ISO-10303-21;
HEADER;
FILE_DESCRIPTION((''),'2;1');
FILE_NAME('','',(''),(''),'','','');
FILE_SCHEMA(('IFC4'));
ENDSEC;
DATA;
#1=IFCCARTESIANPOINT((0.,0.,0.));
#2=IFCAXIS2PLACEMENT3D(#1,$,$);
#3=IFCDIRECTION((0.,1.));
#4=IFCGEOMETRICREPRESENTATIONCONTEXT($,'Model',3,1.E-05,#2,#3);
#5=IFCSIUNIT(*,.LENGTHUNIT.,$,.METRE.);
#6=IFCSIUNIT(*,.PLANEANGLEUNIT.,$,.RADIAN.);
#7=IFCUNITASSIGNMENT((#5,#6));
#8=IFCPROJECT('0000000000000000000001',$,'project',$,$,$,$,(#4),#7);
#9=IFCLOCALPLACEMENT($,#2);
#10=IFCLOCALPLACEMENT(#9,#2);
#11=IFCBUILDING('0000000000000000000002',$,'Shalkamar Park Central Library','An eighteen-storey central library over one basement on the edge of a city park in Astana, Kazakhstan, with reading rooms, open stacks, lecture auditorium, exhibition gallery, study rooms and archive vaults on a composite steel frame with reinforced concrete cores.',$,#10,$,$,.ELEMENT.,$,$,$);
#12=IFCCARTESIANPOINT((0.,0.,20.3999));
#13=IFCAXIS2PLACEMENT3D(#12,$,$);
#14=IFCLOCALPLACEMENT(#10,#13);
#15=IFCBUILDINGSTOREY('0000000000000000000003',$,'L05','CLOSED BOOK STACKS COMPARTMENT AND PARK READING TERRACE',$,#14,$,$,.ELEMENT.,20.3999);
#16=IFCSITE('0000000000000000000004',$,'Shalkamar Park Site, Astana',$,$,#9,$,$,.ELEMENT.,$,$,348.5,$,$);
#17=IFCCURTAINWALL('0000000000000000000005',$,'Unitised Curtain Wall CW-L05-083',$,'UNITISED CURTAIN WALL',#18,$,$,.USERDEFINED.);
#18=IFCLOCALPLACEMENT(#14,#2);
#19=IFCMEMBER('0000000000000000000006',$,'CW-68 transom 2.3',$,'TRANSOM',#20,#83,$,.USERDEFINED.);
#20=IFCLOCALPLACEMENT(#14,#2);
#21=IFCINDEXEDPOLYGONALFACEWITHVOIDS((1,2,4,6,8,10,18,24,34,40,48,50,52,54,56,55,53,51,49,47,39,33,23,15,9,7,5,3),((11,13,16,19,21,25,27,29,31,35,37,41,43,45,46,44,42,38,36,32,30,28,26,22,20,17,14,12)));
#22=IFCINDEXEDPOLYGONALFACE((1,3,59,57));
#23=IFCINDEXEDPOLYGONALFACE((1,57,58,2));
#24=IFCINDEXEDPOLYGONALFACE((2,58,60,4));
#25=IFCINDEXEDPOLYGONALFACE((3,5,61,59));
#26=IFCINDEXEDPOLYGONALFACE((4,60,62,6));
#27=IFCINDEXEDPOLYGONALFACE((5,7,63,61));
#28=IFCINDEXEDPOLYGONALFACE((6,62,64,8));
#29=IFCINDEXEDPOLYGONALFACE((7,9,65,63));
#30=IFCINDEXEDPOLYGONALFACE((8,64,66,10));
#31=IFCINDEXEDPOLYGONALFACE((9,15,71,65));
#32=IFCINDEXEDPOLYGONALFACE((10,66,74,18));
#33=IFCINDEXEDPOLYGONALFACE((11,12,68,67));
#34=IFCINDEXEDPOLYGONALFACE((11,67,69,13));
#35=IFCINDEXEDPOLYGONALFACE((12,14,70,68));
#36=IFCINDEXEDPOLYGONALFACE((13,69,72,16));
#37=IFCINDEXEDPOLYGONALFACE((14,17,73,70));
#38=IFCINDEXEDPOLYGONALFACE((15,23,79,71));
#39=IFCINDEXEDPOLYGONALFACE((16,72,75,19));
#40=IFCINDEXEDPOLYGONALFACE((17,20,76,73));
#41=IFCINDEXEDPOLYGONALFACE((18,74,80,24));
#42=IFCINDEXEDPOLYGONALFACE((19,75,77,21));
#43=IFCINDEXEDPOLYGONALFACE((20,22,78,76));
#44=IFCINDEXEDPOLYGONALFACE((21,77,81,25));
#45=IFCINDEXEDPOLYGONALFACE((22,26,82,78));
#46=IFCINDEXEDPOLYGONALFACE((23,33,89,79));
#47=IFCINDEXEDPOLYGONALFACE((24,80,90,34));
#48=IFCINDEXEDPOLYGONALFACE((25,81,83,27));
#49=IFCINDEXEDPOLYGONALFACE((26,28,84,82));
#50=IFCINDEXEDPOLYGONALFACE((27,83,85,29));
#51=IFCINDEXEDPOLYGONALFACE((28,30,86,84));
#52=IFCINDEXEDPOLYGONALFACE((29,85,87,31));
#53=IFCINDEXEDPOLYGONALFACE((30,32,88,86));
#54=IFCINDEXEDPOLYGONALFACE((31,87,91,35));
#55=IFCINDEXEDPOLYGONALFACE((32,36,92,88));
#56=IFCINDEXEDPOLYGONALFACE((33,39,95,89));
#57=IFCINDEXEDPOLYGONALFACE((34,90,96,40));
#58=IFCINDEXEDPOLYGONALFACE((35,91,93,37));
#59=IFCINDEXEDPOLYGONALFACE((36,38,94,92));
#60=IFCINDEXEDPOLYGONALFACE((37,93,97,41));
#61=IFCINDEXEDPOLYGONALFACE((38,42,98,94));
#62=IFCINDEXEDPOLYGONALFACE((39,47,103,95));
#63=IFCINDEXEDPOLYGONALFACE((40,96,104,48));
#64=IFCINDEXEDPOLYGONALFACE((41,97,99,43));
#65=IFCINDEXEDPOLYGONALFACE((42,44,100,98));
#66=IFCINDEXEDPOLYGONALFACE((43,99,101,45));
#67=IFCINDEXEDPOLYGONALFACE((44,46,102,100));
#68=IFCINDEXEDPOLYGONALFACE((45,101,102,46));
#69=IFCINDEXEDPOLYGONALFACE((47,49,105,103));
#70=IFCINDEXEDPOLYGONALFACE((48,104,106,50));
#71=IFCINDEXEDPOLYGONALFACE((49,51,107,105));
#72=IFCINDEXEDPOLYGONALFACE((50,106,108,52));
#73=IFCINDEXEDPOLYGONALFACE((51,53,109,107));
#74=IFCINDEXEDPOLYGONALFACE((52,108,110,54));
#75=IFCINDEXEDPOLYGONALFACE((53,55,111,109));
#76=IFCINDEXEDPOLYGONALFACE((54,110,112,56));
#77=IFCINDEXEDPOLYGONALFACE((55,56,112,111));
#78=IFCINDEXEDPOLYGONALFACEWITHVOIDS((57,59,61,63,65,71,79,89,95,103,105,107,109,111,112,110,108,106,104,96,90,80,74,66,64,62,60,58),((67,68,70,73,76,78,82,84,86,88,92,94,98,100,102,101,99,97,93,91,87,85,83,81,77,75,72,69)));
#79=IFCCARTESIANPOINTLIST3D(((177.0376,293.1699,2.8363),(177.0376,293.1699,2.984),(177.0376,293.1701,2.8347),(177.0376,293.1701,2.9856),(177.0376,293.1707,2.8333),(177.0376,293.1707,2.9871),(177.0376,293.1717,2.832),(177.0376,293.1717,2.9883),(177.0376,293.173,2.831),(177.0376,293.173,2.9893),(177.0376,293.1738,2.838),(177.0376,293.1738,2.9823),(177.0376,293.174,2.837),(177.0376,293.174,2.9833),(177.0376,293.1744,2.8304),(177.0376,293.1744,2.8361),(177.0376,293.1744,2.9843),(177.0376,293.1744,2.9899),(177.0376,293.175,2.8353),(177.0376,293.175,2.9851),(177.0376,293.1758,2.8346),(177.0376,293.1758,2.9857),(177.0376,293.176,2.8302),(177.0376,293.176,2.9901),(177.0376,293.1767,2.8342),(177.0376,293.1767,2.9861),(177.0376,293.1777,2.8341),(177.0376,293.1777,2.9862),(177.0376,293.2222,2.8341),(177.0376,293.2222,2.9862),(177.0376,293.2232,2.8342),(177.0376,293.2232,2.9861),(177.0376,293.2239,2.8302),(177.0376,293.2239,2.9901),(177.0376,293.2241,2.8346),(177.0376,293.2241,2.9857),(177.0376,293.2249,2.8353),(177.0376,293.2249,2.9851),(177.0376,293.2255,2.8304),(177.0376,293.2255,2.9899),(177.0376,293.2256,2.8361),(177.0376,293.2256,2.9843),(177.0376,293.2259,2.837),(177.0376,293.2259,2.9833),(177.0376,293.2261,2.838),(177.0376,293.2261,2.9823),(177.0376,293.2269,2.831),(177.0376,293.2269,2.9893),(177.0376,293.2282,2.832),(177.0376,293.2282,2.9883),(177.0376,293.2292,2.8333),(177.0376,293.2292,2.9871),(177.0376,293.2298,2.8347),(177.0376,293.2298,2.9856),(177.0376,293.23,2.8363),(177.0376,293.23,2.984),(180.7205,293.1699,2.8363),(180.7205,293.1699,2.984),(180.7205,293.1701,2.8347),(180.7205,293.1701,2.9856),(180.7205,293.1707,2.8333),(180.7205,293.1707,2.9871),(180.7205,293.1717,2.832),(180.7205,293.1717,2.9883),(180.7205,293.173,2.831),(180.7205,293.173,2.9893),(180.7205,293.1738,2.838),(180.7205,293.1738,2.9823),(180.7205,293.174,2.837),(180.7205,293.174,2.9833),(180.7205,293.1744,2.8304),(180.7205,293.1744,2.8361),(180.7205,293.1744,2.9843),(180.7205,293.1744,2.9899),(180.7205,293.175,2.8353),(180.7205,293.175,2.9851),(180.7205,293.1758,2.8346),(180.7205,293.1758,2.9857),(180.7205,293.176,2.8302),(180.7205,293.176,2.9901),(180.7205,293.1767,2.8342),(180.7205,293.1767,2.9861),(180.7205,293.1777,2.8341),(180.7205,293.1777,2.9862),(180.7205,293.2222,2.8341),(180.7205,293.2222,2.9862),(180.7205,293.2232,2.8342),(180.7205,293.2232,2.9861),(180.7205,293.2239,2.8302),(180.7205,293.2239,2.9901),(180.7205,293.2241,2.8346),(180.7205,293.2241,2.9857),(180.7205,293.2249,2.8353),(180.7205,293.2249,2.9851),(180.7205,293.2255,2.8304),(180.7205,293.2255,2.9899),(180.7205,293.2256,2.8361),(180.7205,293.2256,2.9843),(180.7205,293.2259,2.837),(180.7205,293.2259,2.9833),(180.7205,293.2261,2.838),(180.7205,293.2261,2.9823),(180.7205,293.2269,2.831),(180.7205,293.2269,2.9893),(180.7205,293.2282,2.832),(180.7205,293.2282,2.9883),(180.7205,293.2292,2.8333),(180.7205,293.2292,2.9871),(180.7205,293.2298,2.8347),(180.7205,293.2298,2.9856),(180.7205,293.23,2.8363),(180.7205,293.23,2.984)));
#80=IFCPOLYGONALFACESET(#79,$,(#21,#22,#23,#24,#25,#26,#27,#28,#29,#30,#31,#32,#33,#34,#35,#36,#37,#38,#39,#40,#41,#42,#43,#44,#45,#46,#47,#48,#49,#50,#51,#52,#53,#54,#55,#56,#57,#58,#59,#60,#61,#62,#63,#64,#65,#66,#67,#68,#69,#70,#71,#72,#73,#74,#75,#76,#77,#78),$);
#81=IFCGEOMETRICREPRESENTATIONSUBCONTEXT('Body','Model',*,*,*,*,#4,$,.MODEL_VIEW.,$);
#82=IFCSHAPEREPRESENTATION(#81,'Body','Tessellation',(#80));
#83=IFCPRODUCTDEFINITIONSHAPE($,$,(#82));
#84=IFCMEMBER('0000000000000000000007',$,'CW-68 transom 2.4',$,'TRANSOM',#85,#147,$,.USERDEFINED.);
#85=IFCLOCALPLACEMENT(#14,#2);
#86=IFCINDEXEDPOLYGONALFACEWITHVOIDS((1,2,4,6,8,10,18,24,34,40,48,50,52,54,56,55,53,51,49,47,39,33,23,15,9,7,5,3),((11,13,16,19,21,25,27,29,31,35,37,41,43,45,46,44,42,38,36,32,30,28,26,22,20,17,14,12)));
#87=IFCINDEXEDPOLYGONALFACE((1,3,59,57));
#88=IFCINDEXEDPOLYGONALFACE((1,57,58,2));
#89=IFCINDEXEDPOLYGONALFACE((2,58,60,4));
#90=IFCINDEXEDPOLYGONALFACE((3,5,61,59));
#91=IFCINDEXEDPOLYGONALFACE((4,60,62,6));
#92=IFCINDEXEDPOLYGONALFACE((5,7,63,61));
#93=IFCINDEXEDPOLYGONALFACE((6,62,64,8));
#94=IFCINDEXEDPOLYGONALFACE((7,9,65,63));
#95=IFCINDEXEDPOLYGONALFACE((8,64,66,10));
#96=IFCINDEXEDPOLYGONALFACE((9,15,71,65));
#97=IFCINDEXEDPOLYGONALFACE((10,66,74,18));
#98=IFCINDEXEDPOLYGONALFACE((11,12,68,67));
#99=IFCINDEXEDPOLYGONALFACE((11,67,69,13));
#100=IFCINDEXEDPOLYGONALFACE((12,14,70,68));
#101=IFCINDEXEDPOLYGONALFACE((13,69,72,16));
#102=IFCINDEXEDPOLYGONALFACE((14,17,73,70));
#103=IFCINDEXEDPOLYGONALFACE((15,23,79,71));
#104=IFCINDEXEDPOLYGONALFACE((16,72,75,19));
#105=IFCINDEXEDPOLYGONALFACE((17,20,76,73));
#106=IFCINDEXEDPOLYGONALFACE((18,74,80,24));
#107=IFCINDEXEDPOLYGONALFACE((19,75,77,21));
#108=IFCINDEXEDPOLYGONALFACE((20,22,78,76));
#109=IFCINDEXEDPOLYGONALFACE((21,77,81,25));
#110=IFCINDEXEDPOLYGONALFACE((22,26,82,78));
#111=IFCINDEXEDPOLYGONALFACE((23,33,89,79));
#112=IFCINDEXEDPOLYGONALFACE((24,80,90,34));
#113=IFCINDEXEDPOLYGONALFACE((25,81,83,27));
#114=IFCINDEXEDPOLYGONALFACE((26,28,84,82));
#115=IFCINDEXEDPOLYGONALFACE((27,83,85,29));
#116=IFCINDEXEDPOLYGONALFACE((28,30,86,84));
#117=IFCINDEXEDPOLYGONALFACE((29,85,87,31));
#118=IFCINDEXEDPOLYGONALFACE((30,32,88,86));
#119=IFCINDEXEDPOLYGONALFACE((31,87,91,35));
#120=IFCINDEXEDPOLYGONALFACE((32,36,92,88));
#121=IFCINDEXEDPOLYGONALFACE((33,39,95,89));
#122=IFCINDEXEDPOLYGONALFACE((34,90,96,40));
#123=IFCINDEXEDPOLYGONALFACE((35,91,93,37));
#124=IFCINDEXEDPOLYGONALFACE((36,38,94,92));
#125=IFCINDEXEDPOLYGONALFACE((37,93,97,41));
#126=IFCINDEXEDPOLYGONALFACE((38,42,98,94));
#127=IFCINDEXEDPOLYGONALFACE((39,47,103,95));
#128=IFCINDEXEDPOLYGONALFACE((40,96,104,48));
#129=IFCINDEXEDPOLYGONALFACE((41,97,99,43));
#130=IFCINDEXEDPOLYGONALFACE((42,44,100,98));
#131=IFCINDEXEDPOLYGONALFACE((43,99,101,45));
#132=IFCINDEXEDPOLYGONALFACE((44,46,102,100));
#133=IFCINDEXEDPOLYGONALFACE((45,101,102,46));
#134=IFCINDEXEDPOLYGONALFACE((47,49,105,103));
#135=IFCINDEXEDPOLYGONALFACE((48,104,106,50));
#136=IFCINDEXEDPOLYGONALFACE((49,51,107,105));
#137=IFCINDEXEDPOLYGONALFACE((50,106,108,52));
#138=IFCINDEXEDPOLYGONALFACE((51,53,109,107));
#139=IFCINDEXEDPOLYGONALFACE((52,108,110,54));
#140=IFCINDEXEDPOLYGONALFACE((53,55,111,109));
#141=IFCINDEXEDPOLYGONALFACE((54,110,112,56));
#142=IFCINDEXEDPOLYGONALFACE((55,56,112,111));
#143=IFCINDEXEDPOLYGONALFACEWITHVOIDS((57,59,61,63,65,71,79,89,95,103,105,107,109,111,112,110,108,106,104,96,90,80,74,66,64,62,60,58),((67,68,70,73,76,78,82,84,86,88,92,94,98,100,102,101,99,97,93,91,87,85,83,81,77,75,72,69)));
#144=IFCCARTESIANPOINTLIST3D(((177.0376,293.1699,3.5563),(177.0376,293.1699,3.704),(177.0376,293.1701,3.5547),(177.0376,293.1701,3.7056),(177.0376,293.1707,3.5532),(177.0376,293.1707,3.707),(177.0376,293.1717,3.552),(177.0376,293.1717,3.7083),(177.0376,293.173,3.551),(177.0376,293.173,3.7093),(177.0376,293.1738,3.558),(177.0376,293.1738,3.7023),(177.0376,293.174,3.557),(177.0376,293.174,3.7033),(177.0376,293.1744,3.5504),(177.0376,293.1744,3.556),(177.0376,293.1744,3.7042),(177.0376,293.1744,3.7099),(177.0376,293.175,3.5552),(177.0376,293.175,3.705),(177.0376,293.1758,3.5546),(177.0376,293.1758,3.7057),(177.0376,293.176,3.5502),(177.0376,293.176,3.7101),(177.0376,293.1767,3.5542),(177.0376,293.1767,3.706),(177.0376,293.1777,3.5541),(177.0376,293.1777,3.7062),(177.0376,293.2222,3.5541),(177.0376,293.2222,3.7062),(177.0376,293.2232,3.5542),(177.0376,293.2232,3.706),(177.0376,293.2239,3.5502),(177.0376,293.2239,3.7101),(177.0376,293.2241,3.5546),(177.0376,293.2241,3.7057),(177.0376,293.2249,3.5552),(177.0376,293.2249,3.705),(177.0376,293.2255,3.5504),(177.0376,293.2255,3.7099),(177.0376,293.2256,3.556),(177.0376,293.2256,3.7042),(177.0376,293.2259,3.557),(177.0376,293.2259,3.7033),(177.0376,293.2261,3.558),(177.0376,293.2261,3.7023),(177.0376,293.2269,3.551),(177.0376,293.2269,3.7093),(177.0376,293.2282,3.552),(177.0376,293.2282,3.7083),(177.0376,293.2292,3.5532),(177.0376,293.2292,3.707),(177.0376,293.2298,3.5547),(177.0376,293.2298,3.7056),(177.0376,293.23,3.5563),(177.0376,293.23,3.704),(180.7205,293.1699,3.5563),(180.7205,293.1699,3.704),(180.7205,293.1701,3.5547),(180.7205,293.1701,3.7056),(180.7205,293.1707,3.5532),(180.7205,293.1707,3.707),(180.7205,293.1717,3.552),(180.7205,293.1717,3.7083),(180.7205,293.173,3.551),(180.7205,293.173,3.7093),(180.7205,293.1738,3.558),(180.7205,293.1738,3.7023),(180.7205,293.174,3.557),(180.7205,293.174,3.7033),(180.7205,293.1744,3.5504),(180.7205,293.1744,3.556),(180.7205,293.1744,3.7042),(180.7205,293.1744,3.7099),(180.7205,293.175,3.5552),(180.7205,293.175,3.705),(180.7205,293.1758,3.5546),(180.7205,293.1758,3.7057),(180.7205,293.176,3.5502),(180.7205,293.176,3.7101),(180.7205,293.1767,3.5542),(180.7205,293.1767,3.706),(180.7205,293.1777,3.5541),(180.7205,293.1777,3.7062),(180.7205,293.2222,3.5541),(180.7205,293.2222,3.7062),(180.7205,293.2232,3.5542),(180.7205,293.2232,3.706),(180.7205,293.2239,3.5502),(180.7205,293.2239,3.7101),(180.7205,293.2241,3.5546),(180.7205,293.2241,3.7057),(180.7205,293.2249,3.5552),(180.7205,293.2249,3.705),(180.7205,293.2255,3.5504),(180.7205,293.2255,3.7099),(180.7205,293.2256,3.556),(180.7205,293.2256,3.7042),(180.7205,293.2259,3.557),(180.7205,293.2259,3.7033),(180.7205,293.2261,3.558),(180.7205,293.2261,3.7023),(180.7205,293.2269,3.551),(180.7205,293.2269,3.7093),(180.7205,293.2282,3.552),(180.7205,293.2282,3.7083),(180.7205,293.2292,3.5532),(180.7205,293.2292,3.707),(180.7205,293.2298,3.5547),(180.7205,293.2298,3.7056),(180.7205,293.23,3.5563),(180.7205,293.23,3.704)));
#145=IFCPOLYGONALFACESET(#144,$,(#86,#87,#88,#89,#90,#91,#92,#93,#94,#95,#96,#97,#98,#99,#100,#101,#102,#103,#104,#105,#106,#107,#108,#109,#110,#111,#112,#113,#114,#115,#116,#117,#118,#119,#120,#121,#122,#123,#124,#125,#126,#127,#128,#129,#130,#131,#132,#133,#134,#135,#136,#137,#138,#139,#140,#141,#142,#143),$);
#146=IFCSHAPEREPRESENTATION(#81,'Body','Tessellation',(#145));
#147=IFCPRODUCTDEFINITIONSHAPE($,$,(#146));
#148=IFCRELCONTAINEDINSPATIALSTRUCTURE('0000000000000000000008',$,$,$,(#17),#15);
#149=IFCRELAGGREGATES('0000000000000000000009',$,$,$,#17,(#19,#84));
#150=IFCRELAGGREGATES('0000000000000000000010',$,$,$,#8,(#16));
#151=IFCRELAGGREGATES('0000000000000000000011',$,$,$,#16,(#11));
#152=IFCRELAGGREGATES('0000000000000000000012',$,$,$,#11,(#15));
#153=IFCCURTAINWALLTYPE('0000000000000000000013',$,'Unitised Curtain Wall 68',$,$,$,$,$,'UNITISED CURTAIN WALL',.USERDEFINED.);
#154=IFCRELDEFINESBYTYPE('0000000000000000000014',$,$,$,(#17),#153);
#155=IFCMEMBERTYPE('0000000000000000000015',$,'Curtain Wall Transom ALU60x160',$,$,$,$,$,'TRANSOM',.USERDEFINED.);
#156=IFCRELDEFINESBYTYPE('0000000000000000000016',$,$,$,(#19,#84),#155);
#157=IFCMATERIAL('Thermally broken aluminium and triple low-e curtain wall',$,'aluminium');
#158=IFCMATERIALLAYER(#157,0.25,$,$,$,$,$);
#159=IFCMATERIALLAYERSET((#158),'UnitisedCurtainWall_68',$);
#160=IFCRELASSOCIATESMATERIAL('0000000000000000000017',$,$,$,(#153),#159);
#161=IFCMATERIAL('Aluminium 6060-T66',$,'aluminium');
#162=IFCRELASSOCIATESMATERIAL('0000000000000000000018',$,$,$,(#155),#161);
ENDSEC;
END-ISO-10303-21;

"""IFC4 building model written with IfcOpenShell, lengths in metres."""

from ifc_helpers import new_model, si_unit, direction, frame, origin, origin_2d, place, context, subcontext, project, spatial, hollow_rectangle, extrude, material, layer, layer_set, material_profile, profile_set, type_object, element, aggregate, save


model = new_model("IFC4")

# Units and contexts
model_context = context("Model", 3, precision=1e-05, world=origin(), true_north=direction((0.0, 1.0)))
body_context = subcontext(model_context, "Body", "Model", "MODEL_VIEW")
ifc_project = project(units=[si_unit("LENGTHUNIT", "METRE"), si_unit("PLANEANGLEUNIT", "RADIAN")], contexts=[model_context])

# Site, building, storey
site_placement = place(None, origin())
site = spatial("IfcSite", under=ifc_project, at=site_placement, Name="Shalkamar Park Site, Astana", CompositionType="ELEMENT", RefElevation=348.5)
building_placement = place(site_placement, origin())
building = spatial("IfcBuilding", under=site, at=building_placement, Name="Shalkamar Park Central Library", Description="An eighteen-storey central library over one basement on the edge of a city park in Astana, Kazakhstan, with reading rooms, open stacks, lecture auditorium, exhibition gallery, study rooms and archive vaults on a composite steel frame with reinforced concrete cores.", CompositionType="ELEMENT")
storey_placement = place(building_placement, frame((0.0, 0.0, 20.3999)))
storey = spatial("IfcBuildingStorey", under=building, at=storey_placement, Name="L05", Description="CLOSED BOOK STACKS COMPARTMENT AND PARK READING TERRACE", CompositionType="ELEMENT", Elevation=20.3999)

# Curtain wall, members
ifc_material_1 = material(Name="Thermally broken aluminium and triple low-e curtain wall", Category="aluminium")
ifc_layer_1 = layer(ifc_material_1, 0.25)
ifc_layer_set_1 = layer_set([ifc_layer_1], Name="UnitisedCurtainWall_68")
curtain_wall_type = type_object("IfcCurtainWallType", Name="Unitised Curtain Wall 68", ElementType="UNITISED CURTAIN WALL", PredefinedType="USERDEFINED", material=ifc_layer_set_1)
curtain_wall_placement = place(storey_placement, origin())
curtain_wall = element("IfcCurtainWall", 1, at=curtain_wall_placement, inside=storey, type_object=curtain_wall_type, Name="Unitised Curtain Wall CW-L05-083", ObjectType="UNITISED CURTAIN WALL", PredefinedType="USERDEFINED")
ifc_material_2 = material(Name="Aluminium 6060-T66", Category="aluminium")
ifc_material_profile_1 = material_profile(ifc_material_2, hollow_rectangle(XDim=0.0601, YDim=0.1599, WallThickness=0.0039, InnerFilletRadius=0.0039, OuterFilletRadius=0.0061, at=origin_2d()), Name="ALU 60x160x4")
ifc_profile_set_1 = profile_set([ifc_material_profile_1], Name="Aluminium 6060-T66")
member_type_1 = type_object("IfcMemberType", Name="Curtain Wall Transom ALU60x160", ElementType="TRANSOM", PredefinedType="USERDEFINED", material=ifc_profile_set_1)
member_1_placement = place(storey_placement, frame((177.0376, 293.2, 2.9102), z_axis=(1.0, 0.0, 0.0), x_axis=(0.0, 1.0, 0.0)))
member_1 = element("IfcMember", 2, at=member_1_placement, type_object=member_type_1, Name="CW-68 transom 2.3", ObjectType="TRANSOM", PredefinedType="USERDEFINED", context=body_context, shape_type="SweptSolid", body=[
    extrude(hollow_rectangle(XDim=0.0601, YDim=0.1599, WallThickness=0.0039, InnerFilletRadius=0.0039, OuterFilletRadius=0.0061, at=origin_2d()), origin(), (0.0, 0.0, 1.0), 3.6829),
])
member_2_placement = place(storey_placement, frame((177.0376, 293.2, 3.6301), z_axis=(1.0, 0.0, 0.0), x_axis=(0.0, 1.0, 0.0)))
member_2 = element("IfcMember", 3, at=member_2_placement, type_object=member_type_1, Name="CW-68 transom 2.4", ObjectType="TRANSOM", PredefinedType="USERDEFINED", context=body_context, shape_type="SweptSolid", body=[
    extrude(hollow_rectangle(XDim=0.0601, YDim=0.1599, WallThickness=0.0039, InnerFilletRadius=0.0039, OuterFilletRadius=0.0061, at=origin_2d()), origin(), (0.0, 0.0, 1.0), 3.6829),
])

aggregate(curtain_wall, [member_1, member_2])

save(model, "model.ifc")
